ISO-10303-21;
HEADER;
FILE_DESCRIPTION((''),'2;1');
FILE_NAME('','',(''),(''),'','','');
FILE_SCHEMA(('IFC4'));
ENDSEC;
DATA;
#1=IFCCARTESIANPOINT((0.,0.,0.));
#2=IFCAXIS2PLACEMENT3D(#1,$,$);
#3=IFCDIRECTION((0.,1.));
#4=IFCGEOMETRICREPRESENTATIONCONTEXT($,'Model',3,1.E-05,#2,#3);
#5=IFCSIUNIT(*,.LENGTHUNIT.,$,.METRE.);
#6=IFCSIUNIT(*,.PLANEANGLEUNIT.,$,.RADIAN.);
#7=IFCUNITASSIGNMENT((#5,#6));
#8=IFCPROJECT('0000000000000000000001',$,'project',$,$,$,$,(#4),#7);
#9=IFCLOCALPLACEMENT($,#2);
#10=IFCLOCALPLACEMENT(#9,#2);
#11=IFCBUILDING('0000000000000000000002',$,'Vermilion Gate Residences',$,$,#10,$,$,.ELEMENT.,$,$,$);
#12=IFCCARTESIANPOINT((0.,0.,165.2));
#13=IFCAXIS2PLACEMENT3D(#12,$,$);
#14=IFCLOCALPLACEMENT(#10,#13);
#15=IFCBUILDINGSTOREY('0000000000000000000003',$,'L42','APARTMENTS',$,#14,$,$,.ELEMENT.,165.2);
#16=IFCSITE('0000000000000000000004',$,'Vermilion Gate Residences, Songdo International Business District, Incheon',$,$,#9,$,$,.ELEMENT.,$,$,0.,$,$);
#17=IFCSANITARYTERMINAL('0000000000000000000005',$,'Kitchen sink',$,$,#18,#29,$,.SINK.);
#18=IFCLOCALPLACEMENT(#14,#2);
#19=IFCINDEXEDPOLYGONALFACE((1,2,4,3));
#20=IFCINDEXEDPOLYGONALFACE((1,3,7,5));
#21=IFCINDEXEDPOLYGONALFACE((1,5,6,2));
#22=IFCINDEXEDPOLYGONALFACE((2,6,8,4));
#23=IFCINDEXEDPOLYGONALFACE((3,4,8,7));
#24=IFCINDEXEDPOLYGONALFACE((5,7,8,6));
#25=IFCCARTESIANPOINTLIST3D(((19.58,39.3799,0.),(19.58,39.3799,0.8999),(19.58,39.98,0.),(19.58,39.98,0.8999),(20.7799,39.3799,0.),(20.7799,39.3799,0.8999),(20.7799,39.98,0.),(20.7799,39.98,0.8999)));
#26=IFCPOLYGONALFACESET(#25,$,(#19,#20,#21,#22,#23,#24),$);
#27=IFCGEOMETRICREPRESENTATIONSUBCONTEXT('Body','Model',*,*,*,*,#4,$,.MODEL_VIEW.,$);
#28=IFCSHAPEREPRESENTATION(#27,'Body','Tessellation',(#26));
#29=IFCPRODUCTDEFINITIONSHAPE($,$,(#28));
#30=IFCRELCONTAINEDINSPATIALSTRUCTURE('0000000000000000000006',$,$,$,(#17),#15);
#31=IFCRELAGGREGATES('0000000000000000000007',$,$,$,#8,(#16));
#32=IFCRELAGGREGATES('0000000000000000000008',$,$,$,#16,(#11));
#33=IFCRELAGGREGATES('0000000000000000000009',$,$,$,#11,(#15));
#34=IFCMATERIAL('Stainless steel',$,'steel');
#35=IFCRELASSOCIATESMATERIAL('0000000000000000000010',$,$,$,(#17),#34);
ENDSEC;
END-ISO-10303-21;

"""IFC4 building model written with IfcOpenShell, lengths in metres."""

from ifc_helpers import new_model, si_unit, direction, frame, origin, origin_2d, place, context, subcontext, project, spatial, rectangle, extrude, material, element, save


model = new_model("IFC4")

# Units and contexts
model_context = context("Model", 3, precision=1e-05, world=origin(), true_north=direction((0.0, 1.0)))
body_context = subcontext(model_context, "Body", "Model", "MODEL_VIEW")
ifc_project = project(units=[si_unit("LENGTHUNIT", "METRE"), si_unit("PLANEANGLEUNIT", "RADIAN")], contexts=[model_context])

# Site, building, storey
site_placement = place(None, origin())
site = spatial("IfcSite", under=ifc_project, at=site_placement, Name="Vermilion Gate Residences, Songdo International Business District, Incheon", CompositionType="ELEMENT", RefElevation=0.0)
building_placement = place(site_placement, origin())
building = spatial("IfcBuilding", under=site, at=building_placement, Name="Vermilion Gate Residences", CompositionType="ELEMENT")
storey_placement = place(building_placement, frame((0.0, 0.0, 165.2)))
storey = spatial("IfcBuildingStorey", under=building, at=storey_placement, Name="L42", Description="APARTMENTS", CompositionType="ELEMENT", Elevation=165.2)

# Sanitary terminal
ifc_material_1 = material(Name="Stainless steel", Category="steel")
sanitary_terminal_1_placement = place(storey_placement, frame((20.1799, 39.6799, 0.0), z_axis=(0.0, 0.0, 1.0), x_axis=(1.0, 0.0, 0.0)))
element("IfcSanitaryTerminal", 1, at=sanitary_terminal_1_placement, inside=storey, material=ifc_material_1, Name="Kitchen sink", PredefinedType="SINK", context=body_context, shape_type="SweptSolid", body=[
    extrude(rectangle(XDim=1.2, YDim=0.6001, at=origin_2d()), origin(), (0.0, 0.0, 1.0), 0.8999),
])

save(model, "model.ifc")
